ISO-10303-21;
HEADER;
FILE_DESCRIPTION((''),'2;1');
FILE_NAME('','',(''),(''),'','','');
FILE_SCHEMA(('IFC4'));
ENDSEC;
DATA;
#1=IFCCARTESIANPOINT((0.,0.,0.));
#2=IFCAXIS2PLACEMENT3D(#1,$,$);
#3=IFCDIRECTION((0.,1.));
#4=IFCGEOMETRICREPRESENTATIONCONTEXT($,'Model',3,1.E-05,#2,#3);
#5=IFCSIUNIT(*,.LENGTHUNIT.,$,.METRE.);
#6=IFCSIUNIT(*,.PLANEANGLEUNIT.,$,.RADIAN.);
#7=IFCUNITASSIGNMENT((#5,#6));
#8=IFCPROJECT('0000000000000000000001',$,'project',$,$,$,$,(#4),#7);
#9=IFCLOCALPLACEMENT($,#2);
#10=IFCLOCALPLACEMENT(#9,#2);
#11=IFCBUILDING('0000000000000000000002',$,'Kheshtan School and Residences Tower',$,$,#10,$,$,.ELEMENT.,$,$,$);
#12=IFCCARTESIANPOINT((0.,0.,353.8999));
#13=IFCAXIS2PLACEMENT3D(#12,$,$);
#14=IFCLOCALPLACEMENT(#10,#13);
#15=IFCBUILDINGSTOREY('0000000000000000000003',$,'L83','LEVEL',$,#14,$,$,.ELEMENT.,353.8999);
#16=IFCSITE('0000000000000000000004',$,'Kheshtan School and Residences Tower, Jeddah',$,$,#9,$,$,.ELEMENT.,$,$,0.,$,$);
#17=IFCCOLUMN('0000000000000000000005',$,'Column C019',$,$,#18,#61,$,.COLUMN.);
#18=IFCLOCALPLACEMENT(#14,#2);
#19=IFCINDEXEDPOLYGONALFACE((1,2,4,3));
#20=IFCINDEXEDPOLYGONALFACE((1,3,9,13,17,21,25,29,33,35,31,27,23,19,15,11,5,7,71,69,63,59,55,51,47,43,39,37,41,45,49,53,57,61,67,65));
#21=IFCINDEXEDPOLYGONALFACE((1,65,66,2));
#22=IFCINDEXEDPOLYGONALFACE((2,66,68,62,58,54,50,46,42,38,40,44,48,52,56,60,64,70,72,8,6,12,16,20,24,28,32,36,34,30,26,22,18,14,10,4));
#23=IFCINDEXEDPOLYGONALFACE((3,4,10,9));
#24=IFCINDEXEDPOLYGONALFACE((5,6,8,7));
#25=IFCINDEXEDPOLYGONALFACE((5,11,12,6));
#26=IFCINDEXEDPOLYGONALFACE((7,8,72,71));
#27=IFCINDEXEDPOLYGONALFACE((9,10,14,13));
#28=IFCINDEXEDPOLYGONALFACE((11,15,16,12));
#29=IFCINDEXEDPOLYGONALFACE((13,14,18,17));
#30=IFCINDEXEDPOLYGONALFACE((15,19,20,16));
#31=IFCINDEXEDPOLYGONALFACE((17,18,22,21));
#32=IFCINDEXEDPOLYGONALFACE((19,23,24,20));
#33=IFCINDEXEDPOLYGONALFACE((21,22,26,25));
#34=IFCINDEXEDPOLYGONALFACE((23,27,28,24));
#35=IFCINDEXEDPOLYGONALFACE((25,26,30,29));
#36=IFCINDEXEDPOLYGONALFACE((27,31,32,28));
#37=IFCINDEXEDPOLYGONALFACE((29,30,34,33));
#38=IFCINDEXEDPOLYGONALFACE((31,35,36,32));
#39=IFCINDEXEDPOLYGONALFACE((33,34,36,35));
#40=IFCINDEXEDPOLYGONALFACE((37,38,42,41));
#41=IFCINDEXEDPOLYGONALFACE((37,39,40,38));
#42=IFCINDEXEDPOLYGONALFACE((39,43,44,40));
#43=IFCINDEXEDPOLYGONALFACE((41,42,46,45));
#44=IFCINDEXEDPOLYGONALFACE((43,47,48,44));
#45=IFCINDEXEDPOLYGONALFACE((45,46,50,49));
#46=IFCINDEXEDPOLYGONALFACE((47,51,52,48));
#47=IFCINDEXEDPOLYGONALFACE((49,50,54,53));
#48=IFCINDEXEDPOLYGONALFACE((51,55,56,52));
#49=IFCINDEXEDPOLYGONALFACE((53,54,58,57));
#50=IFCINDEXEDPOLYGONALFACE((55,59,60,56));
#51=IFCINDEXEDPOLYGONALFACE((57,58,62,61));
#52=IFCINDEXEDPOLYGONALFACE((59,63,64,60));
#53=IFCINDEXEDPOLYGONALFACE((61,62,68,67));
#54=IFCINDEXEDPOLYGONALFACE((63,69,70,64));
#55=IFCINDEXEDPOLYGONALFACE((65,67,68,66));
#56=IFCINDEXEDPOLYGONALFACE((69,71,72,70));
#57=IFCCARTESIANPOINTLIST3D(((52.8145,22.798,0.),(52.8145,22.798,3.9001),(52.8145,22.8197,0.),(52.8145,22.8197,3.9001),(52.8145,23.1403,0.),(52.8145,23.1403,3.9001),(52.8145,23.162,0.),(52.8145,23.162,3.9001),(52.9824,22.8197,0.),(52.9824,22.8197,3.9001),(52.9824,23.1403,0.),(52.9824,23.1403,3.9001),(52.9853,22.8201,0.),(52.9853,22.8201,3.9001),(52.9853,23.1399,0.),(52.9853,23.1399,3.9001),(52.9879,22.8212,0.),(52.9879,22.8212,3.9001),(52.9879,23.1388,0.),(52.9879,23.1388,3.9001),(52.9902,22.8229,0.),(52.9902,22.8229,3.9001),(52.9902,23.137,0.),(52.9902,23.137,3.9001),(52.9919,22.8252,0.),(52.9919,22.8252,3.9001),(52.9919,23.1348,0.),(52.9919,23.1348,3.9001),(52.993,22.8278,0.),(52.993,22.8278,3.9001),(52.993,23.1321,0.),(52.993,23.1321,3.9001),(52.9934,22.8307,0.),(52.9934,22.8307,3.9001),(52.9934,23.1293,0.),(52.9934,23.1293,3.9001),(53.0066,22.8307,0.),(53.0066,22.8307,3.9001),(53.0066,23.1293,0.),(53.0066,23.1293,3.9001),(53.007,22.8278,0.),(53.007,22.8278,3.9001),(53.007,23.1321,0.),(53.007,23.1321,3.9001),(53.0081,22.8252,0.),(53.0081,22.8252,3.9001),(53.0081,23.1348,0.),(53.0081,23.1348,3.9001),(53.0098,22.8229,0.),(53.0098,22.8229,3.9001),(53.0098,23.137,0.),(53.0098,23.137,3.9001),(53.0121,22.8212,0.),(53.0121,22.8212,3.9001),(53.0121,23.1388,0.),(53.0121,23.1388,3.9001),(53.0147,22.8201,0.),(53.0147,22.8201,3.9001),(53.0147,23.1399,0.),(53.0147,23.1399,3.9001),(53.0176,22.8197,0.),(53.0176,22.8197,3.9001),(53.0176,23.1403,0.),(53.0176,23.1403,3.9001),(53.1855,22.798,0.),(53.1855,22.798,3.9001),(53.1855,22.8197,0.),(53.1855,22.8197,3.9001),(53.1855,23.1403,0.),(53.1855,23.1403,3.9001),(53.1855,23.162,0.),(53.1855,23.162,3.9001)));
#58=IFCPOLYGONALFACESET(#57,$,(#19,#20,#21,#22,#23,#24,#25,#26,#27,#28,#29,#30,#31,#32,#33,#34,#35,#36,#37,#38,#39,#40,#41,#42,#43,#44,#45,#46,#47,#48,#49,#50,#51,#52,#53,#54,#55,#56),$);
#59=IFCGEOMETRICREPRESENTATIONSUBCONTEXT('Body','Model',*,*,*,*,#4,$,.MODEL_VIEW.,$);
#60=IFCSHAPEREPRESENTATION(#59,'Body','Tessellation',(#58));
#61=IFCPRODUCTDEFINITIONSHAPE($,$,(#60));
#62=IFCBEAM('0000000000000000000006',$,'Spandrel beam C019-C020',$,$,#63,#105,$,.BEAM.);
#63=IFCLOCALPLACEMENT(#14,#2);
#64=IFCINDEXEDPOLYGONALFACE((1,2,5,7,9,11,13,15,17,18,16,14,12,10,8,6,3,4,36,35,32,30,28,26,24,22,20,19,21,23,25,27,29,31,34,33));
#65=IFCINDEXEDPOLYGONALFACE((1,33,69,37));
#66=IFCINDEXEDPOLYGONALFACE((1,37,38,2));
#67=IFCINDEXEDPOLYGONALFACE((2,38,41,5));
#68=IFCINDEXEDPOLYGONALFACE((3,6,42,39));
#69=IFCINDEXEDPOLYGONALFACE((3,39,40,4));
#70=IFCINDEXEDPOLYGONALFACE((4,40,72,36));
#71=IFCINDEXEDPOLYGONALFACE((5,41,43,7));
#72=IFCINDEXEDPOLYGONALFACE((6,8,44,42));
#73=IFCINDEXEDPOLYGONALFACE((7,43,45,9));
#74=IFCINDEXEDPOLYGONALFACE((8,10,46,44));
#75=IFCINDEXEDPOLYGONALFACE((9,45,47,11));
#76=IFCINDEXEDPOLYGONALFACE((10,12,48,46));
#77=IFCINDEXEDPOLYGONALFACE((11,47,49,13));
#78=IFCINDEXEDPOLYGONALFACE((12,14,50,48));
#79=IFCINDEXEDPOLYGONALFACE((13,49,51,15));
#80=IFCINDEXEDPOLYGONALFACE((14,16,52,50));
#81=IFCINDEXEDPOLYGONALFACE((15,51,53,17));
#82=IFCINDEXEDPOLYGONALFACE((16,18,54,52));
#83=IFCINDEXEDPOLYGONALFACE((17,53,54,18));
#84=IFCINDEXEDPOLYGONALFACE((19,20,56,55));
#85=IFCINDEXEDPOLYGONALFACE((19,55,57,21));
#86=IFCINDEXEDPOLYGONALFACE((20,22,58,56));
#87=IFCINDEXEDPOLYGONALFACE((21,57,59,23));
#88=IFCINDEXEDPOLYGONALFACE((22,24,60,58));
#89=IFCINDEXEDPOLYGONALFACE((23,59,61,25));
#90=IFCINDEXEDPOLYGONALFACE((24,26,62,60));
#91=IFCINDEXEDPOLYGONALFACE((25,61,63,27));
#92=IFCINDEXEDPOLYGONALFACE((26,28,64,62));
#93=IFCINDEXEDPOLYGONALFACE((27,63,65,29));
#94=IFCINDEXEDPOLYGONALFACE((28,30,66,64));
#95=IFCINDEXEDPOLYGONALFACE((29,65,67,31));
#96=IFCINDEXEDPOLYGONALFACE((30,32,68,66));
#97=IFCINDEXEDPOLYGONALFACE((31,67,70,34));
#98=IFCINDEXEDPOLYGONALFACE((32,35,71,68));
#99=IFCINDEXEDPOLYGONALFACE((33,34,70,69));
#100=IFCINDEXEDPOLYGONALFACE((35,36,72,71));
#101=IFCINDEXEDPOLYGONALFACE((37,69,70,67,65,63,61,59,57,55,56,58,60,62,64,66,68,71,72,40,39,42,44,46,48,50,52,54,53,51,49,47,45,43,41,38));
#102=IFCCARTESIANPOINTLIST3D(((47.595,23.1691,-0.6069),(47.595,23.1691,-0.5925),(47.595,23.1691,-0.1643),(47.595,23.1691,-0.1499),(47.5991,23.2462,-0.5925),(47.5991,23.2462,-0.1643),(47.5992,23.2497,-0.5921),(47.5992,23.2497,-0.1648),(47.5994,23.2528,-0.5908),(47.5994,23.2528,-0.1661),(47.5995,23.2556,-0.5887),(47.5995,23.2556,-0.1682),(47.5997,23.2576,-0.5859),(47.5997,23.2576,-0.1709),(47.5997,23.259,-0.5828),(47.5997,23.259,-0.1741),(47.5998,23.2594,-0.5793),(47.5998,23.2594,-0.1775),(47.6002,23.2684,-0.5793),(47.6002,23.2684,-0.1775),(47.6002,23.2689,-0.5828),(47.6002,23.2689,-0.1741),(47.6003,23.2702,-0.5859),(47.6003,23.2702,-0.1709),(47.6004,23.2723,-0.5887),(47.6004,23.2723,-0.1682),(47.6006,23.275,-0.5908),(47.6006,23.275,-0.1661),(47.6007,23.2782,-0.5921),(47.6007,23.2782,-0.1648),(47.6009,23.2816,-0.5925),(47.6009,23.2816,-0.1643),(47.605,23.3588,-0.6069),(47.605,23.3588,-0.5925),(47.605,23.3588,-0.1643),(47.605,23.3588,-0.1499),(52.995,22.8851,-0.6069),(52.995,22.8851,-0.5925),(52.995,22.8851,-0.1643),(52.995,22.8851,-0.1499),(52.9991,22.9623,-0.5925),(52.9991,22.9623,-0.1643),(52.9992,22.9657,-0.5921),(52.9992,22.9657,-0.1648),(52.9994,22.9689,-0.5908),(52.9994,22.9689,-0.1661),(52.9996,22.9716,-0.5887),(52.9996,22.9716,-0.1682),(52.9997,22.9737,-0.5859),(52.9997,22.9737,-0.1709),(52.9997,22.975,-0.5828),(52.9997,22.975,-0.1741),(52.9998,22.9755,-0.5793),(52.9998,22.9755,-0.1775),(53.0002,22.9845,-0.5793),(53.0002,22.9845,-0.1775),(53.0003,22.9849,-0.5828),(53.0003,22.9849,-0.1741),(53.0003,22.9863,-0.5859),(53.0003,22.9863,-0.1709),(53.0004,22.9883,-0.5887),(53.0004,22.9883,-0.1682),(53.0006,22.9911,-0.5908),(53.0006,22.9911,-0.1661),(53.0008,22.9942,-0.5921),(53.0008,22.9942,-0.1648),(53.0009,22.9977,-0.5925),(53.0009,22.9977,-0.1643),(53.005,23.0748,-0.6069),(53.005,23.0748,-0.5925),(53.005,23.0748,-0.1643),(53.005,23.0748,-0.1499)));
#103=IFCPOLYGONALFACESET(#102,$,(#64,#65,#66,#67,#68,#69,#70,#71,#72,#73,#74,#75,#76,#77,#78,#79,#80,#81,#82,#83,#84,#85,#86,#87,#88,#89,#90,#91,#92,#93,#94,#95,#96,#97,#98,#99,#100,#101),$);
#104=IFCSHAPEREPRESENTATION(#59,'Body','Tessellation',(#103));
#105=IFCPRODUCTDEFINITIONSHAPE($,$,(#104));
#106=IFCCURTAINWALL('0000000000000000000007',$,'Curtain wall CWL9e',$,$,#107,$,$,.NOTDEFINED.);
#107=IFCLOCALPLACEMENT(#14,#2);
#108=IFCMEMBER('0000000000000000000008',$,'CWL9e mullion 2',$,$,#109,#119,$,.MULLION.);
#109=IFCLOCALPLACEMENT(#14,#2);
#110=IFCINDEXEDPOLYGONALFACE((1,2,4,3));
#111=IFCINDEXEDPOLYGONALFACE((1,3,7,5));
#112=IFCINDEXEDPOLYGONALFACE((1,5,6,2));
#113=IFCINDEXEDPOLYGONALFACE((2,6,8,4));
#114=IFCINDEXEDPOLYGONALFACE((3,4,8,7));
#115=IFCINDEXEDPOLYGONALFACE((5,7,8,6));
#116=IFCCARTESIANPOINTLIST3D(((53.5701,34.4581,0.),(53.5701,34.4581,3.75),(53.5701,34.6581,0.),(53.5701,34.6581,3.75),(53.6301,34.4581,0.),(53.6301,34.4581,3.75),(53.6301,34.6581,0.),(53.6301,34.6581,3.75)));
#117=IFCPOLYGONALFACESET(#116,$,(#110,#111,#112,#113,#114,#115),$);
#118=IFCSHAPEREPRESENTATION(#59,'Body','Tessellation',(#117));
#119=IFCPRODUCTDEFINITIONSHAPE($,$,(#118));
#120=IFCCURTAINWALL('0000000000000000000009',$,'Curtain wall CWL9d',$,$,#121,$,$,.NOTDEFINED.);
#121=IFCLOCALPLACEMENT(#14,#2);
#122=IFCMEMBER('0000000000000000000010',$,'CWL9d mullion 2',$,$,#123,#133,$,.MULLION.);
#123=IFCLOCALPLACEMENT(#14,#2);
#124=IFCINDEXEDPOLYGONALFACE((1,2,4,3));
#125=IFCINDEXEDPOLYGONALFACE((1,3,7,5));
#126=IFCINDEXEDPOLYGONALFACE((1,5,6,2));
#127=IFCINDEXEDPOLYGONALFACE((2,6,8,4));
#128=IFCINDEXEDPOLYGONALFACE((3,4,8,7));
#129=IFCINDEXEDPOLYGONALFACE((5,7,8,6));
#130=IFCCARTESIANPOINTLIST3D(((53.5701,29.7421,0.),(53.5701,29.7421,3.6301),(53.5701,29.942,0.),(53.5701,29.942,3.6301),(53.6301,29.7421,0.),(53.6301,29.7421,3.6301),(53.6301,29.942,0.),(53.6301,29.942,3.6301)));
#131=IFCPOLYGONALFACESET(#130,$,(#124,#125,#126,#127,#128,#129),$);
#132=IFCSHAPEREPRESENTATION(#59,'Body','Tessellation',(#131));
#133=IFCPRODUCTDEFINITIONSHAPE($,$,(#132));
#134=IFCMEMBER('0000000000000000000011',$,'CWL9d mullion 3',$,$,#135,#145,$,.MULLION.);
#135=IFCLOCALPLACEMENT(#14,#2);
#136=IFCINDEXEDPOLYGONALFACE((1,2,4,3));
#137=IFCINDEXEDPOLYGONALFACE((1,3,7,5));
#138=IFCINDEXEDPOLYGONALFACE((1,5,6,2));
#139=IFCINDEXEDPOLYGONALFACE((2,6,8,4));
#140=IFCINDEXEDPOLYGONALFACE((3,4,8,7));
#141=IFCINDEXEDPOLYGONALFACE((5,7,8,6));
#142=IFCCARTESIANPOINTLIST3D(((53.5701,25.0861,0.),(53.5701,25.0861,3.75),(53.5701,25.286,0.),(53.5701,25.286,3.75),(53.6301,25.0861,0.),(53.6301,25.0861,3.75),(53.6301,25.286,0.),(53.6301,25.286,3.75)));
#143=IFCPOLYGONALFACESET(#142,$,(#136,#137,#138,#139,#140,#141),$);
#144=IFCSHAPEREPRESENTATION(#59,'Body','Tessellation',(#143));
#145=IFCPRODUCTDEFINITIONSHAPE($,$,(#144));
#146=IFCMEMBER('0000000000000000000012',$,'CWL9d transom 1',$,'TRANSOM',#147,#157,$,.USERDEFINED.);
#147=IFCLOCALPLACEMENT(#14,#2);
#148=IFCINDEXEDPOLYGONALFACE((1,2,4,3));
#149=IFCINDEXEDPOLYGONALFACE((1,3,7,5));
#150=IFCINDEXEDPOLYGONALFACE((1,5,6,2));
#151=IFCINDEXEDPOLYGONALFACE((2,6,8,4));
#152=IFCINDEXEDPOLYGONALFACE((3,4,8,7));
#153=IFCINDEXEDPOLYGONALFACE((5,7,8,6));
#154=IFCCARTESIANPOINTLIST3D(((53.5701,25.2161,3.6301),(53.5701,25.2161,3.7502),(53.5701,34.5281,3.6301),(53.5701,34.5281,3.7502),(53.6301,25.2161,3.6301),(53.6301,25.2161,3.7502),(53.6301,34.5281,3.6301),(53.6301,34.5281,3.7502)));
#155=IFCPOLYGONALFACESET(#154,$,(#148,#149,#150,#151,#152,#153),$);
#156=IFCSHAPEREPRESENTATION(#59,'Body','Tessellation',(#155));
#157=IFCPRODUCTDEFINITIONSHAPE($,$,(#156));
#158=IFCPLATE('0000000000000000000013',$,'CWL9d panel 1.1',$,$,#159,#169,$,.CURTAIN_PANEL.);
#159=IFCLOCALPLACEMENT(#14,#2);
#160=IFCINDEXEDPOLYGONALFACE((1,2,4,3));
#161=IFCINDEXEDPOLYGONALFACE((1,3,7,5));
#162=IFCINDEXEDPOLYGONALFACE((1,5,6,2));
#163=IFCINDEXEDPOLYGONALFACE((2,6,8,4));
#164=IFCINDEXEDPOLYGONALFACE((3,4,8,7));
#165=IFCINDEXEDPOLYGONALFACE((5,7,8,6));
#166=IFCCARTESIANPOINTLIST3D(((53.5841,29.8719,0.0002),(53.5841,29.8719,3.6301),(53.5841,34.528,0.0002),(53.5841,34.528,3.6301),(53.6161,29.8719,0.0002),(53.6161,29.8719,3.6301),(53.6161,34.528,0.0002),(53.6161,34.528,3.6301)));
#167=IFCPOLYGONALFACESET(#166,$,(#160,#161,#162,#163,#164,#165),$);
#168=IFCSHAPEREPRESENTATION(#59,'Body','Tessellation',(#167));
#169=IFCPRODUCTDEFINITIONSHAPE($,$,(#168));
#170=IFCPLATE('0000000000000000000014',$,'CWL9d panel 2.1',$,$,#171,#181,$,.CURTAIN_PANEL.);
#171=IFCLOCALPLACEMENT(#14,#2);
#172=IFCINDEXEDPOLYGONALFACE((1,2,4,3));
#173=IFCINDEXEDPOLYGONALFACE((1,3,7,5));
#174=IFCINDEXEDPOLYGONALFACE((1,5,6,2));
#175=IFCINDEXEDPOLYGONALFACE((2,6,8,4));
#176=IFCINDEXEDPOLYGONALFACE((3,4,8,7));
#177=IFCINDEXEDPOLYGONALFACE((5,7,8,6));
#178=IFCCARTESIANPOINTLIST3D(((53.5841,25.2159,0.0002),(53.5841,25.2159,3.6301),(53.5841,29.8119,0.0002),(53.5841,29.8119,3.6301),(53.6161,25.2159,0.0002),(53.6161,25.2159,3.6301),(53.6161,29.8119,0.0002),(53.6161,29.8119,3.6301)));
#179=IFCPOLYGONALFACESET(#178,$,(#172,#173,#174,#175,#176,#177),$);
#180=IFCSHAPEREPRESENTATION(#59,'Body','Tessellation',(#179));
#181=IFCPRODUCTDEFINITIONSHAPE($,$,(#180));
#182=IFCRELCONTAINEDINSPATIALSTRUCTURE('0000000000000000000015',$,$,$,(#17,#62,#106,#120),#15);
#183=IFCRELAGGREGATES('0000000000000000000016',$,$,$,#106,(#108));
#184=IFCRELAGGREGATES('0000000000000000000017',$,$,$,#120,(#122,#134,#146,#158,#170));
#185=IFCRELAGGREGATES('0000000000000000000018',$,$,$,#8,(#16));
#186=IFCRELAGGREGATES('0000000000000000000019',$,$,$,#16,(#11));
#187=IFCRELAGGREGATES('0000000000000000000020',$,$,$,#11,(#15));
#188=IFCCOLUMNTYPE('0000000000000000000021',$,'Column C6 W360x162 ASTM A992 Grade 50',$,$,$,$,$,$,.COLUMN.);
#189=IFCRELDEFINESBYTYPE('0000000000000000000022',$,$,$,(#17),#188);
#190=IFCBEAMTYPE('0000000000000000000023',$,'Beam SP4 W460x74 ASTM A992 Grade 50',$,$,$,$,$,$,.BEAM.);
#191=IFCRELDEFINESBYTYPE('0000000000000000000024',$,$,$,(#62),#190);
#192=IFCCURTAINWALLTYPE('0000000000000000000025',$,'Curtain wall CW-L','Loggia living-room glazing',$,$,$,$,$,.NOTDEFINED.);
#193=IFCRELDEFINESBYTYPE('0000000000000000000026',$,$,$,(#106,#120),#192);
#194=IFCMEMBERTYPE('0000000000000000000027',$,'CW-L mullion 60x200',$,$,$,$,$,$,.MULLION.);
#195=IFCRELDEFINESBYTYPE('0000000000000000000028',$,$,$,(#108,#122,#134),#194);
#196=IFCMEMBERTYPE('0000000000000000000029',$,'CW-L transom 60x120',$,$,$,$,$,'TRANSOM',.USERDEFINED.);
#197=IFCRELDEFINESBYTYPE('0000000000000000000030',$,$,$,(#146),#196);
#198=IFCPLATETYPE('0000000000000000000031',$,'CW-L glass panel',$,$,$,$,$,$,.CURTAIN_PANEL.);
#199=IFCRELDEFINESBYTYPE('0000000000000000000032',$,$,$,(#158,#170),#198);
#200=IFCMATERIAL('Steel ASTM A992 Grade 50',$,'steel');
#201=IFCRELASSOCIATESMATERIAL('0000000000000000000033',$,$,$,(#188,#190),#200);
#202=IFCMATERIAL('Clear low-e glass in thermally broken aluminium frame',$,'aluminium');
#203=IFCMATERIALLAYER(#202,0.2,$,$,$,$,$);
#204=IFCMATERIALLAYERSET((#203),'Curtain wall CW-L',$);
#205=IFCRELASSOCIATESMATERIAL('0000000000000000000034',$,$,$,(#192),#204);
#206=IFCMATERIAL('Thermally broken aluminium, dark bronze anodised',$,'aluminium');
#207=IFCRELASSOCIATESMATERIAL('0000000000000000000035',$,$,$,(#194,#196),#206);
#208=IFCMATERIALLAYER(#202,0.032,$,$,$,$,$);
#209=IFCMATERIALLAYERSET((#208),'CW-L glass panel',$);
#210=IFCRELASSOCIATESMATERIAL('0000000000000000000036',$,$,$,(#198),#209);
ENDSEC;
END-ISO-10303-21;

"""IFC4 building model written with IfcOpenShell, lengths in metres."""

from ifc_helpers import new_model, si_unit, direction, frame, origin, origin_2d, place, context, subcontext, project, spatial, rectangle, i_section, extrude, material, layer, layer_set, material_profile, profile_set, type_object, element, aggregate, save


model = new_model("IFC4")

# Units and contexts
model_context = context("Model", 3, precision=1e-05, world=origin(), true_north=direction((0.0, 1.0)))
body_context = subcontext(model_context, "Body", "Model", "MODEL_VIEW")
ifc_project = project(units=[si_unit("LENGTHUNIT", "METRE"), si_unit("PLANEANGLEUNIT", "RADIAN")], contexts=[model_context])

# Site, building, storey
site_placement = place(None, origin())
site = spatial("IfcSite", under=ifc_project, at=site_placement, Name="Kheshtan School and Residences Tower, Jeddah", CompositionType="ELEMENT", RefElevation=0.0)
building_placement = place(site_placement, origin())
building = spatial("IfcBuilding", under=site, at=building_placement, Name="Kheshtan School and Residences Tower", CompositionType="ELEMENT")
storey_placement = place(building_placement, frame((0.0, 0.0, 353.8999)))
storey = spatial("IfcBuildingStorey", under=building, at=storey_placement, Name="L83", Description="LEVEL", CompositionType="ELEMENT", Elevation=353.8999)

# Column
ifc_material_1 = material(Name="Steel ASTM A992 Grade 50", Category="steel")
ifc_material_profile_1 = material_profile(ifc_material_1, i_section(OverallWidth=0.3711, OverallDepth=0.364, WebThickness=0.0132, FlangeThickness=0.0217, FilletRadius=0.011, at=origin_2d()), Name="W360x162")
ifc_profile_set_1 = profile_set([ifc_material_profile_1], Name="Steel ASTM A992 Grade 50")
column_type = type_object("IfcColumnType", Name="Column C6 W360x162 ASTM A992 Grade 50", PredefinedType="COLUMN", material=ifc_profile_set_1)
column_placement = place(storey_placement, frame((53.0, 22.98, 0.0), z_axis=(0.0, 0.0, 1.0), x_axis=(1.0, 0.0, 0.0)))
element("IfcColumn", 1, at=column_placement, inside=storey, type_object=column_type, Name="Column C019", PredefinedType="COLUMN", context=body_context, shape_type="SweptSolid", body=[
    extrude(i_section(OverallWidth=0.3711, OverallDepth=0.364, WebThickness=0.0132, FlangeThickness=0.0217, FilletRadius=0.011, at=origin_2d()), origin(), (0.0, 0.0, 1.0), 3.9001),
])

# Beam
ifc_material_profile_2 = material_profile(ifc_material_1, i_section(OverallWidth=0.1899, OverallDepth=0.457, WebThickness=0.009, FlangeThickness=0.0144, FilletRadius=0.0132, at=origin_2d()), Name="W460x74")
ifc_profile_set_2 = profile_set([ifc_material_profile_2], Name="Steel ASTM A992 Grade 50")
beam_type = type_object("IfcBeamType", Name="Beam SP4 W460x74 ASTM A992 Grade 50", PredefinedType="BEAM", material=ifc_profile_set_2)
beam_placement = place(storey_placement, frame((53.0, 22.98, -0.3784), z_axis=(-0.99862, 0.052509, 0.0), x_axis=(-0.052509, -0.99862, 0.0)))
element("IfcBeam", 2, at=beam_placement, inside=storey, type_object=beam_type, Name="Spandrel beam C019-C020", PredefinedType="BEAM", context=body_context, shape_type="SweptSolid", body=[
    extrude(i_section(OverallWidth=0.1899, OverallDepth=0.457, WebThickness=0.009, FlangeThickness=0.0144, FilletRadius=0.0132, at=origin_2d()), origin(), (0.0, 0.0, 1.0), 5.4075),
])

# Curtain wall, member
ifc_material_2 = material(Name="Clear low-e glass in thermally broken aluminium frame", Category="aluminium")
ifc_layer_1 = layer(ifc_material_2, 0.2)
ifc_layer_set_1 = layer_set([ifc_layer_1], Name="Curtain wall CW-L")
curtain_wall_type = type_object("IfcCurtainWallType", Name="Curtain wall CW-L", Description="Loggia living-room glazing", PredefinedType="NOTDEFINED", material=ifc_layer_set_1)
curtain_wall_1_placement = place(storey_placement, origin())
curtain_wall_1 = element("IfcCurtainWall", 3, at=curtain_wall_1_placement, inside=storey, type_object=curtain_wall_type, Name="Curtain wall CWL9e", PredefinedType="NOTDEFINED")
ifc_material_3 = material(Name="Thermally broken aluminium, dark bronze anodised", Category="aluminium")
ifc_material_profile_3 = material_profile(ifc_material_3, rectangle(XDim=0.0601, YDim=0.2, at=origin_2d()), Name="CW-L mullion 60x200")
ifc_profile_set_3 = profile_set([ifc_material_profile_3], Name="Thermally broken aluminium, dark bronze anodised")
member_type_1 = type_object("IfcMemberType", Name="CW-L mullion 60x200", PredefinedType="MULLION", material=ifc_profile_set_3)
member_1_placement = place(storey_placement, frame((53.6001, 34.5581, 0.0), z_axis=(0.0, 0.0, 1.0), x_axis=(1.0, 0.0, 0.0)))
member_1 = element("IfcMember", 4, at=member_1_placement, type_object=member_type_1, Name="CWL9e mullion 2", PredefinedType="MULLION", context=body_context, shape_type="SweptSolid", body=[
    extrude(rectangle(XDim=0.0601, YDim=0.2, at=origin_2d()), origin(), (0.0, 0.0, 1.0), 3.75),
])
aggregate(curtain_wall_1, [member_1])

# Curtain wall, members, plates
curtain_wall_2_placement = place(storey_placement, origin())
curtain_wall_2 = element("IfcCurtainWall", 5, at=curtain_wall_2_placement, inside=storey, type_object=curtain_wall_type, Name="Curtain wall CWL9d", PredefinedType="NOTDEFINED")
member_2_placement = place(storey_placement, frame((53.6001, 29.842, 0.0), z_axis=(0.0, 0.0, 1.0), x_axis=(1.0, 0.0, 0.0)))
member_2 = element("IfcMember", 6, at=member_2_placement, type_object=member_type_1, Name="CWL9d mullion 2", PredefinedType="MULLION", context=body_context, shape_type="SweptSolid", body=[
    extrude(rectangle(XDim=0.0601, YDim=0.2, at=origin_2d()), origin(), (0.0, 0.0, 1.0), 3.6301),
])
member_3_placement = place(storey_placement, frame((53.6001, 25.186, 0.0), z_axis=(0.0, 0.0, 1.0), x_axis=(1.0, 0.0, 0.0)))
member_3 = element("IfcMember", 7, at=member_3_placement, type_object=member_type_1, Name="CWL9d mullion 3", PredefinedType="MULLION", context=body_context, shape_type="SweptSolid", body=[
    extrude(rectangle(XDim=0.0601, YDim=0.2, at=origin_2d()), origin(), (0.0, 0.0, 1.0), 3.75),
])
ifc_material_profile_4 = material_profile(ifc_material_3, rectangle(XDim=0.0601, YDim=0.1201, at=origin_2d()), Name="CW-L transom 60x120")
ifc_profile_set_4 = profile_set([ifc_material_profile_4], Name="Thermally broken aluminium, dark bronze anodised")
member_type_2 = type_object("IfcMemberType", Name="CW-L transom 60x120", ElementType="TRANSOM", PredefinedType="USERDEFINED", material=ifc_profile_set_4)
member_4_placement = place(storey_placement, frame((53.6001, 34.5281, 3.6902), z_axis=(0.0, -1.0, 0.0), x_axis=(1.0, 0.0, 0.0)))
member_4 = element("IfcMember", 8, at=member_4_placement, type_object=member_type_2, Name="CWL9d transom 1", ObjectType="TRANSOM", PredefinedType="USERDEFINED", context=body_context, shape_type="SweptSolid", body=[
    extrude(rectangle(XDim=0.0601, YDim=0.1201, at=origin_2d()), origin(), (0.0, 0.0, 1.0), 9.312),
])
ifc_layer_2 = layer(ifc_material_2, 0.032)
ifc_layer_set_2 = layer_set([ifc_layer_2], Name="CW-L glass panel")
plate_type = type_object("IfcPlateType", Name="CW-L glass panel", PredefinedType="CURTAIN_PANEL", material=ifc_layer_set_2)
plate_1_placement = place(storey_placement, frame((53.6001, 32.2, 0.0002), z_axis=(0.0, 0.0, 1.0), x_axis=(0.0, -1.0, 0.0)))
plate_1 = element("IfcPlate", 9, at=plate_1_placement, type_object=plate_type, Name="CWL9d panel 1.1", PredefinedType="CURTAIN_PANEL", context=body_context, shape_type="SweptSolid", body=[
    extrude(rectangle(XDim=4.656, YDim=0.032, at=origin_2d()), origin(), (0.0, 0.0, 1.0), 3.6299),
])
plate_2_placement = place(storey_placement, frame((53.6001, 27.5139, 0.0002), z_axis=(0.0, 0.0, 1.0), x_axis=(0.0, -1.0, 0.0)))
plate_2 = element("IfcPlate", 10, at=plate_2_placement, type_object=plate_type, Name="CWL9d panel 2.1", PredefinedType="CURTAIN_PANEL", context=body_context, shape_type="SweptSolid", body=[
    extrude(rectangle(XDim=4.5959, YDim=0.032, at=origin_2d()), origin(), (0.0, 0.0, 1.0), 3.6299),
])
aggregate(curtain_wall_2, [member_2, member_3, member_4, plate_1, plate_2])

save(model, "model.ifc")
